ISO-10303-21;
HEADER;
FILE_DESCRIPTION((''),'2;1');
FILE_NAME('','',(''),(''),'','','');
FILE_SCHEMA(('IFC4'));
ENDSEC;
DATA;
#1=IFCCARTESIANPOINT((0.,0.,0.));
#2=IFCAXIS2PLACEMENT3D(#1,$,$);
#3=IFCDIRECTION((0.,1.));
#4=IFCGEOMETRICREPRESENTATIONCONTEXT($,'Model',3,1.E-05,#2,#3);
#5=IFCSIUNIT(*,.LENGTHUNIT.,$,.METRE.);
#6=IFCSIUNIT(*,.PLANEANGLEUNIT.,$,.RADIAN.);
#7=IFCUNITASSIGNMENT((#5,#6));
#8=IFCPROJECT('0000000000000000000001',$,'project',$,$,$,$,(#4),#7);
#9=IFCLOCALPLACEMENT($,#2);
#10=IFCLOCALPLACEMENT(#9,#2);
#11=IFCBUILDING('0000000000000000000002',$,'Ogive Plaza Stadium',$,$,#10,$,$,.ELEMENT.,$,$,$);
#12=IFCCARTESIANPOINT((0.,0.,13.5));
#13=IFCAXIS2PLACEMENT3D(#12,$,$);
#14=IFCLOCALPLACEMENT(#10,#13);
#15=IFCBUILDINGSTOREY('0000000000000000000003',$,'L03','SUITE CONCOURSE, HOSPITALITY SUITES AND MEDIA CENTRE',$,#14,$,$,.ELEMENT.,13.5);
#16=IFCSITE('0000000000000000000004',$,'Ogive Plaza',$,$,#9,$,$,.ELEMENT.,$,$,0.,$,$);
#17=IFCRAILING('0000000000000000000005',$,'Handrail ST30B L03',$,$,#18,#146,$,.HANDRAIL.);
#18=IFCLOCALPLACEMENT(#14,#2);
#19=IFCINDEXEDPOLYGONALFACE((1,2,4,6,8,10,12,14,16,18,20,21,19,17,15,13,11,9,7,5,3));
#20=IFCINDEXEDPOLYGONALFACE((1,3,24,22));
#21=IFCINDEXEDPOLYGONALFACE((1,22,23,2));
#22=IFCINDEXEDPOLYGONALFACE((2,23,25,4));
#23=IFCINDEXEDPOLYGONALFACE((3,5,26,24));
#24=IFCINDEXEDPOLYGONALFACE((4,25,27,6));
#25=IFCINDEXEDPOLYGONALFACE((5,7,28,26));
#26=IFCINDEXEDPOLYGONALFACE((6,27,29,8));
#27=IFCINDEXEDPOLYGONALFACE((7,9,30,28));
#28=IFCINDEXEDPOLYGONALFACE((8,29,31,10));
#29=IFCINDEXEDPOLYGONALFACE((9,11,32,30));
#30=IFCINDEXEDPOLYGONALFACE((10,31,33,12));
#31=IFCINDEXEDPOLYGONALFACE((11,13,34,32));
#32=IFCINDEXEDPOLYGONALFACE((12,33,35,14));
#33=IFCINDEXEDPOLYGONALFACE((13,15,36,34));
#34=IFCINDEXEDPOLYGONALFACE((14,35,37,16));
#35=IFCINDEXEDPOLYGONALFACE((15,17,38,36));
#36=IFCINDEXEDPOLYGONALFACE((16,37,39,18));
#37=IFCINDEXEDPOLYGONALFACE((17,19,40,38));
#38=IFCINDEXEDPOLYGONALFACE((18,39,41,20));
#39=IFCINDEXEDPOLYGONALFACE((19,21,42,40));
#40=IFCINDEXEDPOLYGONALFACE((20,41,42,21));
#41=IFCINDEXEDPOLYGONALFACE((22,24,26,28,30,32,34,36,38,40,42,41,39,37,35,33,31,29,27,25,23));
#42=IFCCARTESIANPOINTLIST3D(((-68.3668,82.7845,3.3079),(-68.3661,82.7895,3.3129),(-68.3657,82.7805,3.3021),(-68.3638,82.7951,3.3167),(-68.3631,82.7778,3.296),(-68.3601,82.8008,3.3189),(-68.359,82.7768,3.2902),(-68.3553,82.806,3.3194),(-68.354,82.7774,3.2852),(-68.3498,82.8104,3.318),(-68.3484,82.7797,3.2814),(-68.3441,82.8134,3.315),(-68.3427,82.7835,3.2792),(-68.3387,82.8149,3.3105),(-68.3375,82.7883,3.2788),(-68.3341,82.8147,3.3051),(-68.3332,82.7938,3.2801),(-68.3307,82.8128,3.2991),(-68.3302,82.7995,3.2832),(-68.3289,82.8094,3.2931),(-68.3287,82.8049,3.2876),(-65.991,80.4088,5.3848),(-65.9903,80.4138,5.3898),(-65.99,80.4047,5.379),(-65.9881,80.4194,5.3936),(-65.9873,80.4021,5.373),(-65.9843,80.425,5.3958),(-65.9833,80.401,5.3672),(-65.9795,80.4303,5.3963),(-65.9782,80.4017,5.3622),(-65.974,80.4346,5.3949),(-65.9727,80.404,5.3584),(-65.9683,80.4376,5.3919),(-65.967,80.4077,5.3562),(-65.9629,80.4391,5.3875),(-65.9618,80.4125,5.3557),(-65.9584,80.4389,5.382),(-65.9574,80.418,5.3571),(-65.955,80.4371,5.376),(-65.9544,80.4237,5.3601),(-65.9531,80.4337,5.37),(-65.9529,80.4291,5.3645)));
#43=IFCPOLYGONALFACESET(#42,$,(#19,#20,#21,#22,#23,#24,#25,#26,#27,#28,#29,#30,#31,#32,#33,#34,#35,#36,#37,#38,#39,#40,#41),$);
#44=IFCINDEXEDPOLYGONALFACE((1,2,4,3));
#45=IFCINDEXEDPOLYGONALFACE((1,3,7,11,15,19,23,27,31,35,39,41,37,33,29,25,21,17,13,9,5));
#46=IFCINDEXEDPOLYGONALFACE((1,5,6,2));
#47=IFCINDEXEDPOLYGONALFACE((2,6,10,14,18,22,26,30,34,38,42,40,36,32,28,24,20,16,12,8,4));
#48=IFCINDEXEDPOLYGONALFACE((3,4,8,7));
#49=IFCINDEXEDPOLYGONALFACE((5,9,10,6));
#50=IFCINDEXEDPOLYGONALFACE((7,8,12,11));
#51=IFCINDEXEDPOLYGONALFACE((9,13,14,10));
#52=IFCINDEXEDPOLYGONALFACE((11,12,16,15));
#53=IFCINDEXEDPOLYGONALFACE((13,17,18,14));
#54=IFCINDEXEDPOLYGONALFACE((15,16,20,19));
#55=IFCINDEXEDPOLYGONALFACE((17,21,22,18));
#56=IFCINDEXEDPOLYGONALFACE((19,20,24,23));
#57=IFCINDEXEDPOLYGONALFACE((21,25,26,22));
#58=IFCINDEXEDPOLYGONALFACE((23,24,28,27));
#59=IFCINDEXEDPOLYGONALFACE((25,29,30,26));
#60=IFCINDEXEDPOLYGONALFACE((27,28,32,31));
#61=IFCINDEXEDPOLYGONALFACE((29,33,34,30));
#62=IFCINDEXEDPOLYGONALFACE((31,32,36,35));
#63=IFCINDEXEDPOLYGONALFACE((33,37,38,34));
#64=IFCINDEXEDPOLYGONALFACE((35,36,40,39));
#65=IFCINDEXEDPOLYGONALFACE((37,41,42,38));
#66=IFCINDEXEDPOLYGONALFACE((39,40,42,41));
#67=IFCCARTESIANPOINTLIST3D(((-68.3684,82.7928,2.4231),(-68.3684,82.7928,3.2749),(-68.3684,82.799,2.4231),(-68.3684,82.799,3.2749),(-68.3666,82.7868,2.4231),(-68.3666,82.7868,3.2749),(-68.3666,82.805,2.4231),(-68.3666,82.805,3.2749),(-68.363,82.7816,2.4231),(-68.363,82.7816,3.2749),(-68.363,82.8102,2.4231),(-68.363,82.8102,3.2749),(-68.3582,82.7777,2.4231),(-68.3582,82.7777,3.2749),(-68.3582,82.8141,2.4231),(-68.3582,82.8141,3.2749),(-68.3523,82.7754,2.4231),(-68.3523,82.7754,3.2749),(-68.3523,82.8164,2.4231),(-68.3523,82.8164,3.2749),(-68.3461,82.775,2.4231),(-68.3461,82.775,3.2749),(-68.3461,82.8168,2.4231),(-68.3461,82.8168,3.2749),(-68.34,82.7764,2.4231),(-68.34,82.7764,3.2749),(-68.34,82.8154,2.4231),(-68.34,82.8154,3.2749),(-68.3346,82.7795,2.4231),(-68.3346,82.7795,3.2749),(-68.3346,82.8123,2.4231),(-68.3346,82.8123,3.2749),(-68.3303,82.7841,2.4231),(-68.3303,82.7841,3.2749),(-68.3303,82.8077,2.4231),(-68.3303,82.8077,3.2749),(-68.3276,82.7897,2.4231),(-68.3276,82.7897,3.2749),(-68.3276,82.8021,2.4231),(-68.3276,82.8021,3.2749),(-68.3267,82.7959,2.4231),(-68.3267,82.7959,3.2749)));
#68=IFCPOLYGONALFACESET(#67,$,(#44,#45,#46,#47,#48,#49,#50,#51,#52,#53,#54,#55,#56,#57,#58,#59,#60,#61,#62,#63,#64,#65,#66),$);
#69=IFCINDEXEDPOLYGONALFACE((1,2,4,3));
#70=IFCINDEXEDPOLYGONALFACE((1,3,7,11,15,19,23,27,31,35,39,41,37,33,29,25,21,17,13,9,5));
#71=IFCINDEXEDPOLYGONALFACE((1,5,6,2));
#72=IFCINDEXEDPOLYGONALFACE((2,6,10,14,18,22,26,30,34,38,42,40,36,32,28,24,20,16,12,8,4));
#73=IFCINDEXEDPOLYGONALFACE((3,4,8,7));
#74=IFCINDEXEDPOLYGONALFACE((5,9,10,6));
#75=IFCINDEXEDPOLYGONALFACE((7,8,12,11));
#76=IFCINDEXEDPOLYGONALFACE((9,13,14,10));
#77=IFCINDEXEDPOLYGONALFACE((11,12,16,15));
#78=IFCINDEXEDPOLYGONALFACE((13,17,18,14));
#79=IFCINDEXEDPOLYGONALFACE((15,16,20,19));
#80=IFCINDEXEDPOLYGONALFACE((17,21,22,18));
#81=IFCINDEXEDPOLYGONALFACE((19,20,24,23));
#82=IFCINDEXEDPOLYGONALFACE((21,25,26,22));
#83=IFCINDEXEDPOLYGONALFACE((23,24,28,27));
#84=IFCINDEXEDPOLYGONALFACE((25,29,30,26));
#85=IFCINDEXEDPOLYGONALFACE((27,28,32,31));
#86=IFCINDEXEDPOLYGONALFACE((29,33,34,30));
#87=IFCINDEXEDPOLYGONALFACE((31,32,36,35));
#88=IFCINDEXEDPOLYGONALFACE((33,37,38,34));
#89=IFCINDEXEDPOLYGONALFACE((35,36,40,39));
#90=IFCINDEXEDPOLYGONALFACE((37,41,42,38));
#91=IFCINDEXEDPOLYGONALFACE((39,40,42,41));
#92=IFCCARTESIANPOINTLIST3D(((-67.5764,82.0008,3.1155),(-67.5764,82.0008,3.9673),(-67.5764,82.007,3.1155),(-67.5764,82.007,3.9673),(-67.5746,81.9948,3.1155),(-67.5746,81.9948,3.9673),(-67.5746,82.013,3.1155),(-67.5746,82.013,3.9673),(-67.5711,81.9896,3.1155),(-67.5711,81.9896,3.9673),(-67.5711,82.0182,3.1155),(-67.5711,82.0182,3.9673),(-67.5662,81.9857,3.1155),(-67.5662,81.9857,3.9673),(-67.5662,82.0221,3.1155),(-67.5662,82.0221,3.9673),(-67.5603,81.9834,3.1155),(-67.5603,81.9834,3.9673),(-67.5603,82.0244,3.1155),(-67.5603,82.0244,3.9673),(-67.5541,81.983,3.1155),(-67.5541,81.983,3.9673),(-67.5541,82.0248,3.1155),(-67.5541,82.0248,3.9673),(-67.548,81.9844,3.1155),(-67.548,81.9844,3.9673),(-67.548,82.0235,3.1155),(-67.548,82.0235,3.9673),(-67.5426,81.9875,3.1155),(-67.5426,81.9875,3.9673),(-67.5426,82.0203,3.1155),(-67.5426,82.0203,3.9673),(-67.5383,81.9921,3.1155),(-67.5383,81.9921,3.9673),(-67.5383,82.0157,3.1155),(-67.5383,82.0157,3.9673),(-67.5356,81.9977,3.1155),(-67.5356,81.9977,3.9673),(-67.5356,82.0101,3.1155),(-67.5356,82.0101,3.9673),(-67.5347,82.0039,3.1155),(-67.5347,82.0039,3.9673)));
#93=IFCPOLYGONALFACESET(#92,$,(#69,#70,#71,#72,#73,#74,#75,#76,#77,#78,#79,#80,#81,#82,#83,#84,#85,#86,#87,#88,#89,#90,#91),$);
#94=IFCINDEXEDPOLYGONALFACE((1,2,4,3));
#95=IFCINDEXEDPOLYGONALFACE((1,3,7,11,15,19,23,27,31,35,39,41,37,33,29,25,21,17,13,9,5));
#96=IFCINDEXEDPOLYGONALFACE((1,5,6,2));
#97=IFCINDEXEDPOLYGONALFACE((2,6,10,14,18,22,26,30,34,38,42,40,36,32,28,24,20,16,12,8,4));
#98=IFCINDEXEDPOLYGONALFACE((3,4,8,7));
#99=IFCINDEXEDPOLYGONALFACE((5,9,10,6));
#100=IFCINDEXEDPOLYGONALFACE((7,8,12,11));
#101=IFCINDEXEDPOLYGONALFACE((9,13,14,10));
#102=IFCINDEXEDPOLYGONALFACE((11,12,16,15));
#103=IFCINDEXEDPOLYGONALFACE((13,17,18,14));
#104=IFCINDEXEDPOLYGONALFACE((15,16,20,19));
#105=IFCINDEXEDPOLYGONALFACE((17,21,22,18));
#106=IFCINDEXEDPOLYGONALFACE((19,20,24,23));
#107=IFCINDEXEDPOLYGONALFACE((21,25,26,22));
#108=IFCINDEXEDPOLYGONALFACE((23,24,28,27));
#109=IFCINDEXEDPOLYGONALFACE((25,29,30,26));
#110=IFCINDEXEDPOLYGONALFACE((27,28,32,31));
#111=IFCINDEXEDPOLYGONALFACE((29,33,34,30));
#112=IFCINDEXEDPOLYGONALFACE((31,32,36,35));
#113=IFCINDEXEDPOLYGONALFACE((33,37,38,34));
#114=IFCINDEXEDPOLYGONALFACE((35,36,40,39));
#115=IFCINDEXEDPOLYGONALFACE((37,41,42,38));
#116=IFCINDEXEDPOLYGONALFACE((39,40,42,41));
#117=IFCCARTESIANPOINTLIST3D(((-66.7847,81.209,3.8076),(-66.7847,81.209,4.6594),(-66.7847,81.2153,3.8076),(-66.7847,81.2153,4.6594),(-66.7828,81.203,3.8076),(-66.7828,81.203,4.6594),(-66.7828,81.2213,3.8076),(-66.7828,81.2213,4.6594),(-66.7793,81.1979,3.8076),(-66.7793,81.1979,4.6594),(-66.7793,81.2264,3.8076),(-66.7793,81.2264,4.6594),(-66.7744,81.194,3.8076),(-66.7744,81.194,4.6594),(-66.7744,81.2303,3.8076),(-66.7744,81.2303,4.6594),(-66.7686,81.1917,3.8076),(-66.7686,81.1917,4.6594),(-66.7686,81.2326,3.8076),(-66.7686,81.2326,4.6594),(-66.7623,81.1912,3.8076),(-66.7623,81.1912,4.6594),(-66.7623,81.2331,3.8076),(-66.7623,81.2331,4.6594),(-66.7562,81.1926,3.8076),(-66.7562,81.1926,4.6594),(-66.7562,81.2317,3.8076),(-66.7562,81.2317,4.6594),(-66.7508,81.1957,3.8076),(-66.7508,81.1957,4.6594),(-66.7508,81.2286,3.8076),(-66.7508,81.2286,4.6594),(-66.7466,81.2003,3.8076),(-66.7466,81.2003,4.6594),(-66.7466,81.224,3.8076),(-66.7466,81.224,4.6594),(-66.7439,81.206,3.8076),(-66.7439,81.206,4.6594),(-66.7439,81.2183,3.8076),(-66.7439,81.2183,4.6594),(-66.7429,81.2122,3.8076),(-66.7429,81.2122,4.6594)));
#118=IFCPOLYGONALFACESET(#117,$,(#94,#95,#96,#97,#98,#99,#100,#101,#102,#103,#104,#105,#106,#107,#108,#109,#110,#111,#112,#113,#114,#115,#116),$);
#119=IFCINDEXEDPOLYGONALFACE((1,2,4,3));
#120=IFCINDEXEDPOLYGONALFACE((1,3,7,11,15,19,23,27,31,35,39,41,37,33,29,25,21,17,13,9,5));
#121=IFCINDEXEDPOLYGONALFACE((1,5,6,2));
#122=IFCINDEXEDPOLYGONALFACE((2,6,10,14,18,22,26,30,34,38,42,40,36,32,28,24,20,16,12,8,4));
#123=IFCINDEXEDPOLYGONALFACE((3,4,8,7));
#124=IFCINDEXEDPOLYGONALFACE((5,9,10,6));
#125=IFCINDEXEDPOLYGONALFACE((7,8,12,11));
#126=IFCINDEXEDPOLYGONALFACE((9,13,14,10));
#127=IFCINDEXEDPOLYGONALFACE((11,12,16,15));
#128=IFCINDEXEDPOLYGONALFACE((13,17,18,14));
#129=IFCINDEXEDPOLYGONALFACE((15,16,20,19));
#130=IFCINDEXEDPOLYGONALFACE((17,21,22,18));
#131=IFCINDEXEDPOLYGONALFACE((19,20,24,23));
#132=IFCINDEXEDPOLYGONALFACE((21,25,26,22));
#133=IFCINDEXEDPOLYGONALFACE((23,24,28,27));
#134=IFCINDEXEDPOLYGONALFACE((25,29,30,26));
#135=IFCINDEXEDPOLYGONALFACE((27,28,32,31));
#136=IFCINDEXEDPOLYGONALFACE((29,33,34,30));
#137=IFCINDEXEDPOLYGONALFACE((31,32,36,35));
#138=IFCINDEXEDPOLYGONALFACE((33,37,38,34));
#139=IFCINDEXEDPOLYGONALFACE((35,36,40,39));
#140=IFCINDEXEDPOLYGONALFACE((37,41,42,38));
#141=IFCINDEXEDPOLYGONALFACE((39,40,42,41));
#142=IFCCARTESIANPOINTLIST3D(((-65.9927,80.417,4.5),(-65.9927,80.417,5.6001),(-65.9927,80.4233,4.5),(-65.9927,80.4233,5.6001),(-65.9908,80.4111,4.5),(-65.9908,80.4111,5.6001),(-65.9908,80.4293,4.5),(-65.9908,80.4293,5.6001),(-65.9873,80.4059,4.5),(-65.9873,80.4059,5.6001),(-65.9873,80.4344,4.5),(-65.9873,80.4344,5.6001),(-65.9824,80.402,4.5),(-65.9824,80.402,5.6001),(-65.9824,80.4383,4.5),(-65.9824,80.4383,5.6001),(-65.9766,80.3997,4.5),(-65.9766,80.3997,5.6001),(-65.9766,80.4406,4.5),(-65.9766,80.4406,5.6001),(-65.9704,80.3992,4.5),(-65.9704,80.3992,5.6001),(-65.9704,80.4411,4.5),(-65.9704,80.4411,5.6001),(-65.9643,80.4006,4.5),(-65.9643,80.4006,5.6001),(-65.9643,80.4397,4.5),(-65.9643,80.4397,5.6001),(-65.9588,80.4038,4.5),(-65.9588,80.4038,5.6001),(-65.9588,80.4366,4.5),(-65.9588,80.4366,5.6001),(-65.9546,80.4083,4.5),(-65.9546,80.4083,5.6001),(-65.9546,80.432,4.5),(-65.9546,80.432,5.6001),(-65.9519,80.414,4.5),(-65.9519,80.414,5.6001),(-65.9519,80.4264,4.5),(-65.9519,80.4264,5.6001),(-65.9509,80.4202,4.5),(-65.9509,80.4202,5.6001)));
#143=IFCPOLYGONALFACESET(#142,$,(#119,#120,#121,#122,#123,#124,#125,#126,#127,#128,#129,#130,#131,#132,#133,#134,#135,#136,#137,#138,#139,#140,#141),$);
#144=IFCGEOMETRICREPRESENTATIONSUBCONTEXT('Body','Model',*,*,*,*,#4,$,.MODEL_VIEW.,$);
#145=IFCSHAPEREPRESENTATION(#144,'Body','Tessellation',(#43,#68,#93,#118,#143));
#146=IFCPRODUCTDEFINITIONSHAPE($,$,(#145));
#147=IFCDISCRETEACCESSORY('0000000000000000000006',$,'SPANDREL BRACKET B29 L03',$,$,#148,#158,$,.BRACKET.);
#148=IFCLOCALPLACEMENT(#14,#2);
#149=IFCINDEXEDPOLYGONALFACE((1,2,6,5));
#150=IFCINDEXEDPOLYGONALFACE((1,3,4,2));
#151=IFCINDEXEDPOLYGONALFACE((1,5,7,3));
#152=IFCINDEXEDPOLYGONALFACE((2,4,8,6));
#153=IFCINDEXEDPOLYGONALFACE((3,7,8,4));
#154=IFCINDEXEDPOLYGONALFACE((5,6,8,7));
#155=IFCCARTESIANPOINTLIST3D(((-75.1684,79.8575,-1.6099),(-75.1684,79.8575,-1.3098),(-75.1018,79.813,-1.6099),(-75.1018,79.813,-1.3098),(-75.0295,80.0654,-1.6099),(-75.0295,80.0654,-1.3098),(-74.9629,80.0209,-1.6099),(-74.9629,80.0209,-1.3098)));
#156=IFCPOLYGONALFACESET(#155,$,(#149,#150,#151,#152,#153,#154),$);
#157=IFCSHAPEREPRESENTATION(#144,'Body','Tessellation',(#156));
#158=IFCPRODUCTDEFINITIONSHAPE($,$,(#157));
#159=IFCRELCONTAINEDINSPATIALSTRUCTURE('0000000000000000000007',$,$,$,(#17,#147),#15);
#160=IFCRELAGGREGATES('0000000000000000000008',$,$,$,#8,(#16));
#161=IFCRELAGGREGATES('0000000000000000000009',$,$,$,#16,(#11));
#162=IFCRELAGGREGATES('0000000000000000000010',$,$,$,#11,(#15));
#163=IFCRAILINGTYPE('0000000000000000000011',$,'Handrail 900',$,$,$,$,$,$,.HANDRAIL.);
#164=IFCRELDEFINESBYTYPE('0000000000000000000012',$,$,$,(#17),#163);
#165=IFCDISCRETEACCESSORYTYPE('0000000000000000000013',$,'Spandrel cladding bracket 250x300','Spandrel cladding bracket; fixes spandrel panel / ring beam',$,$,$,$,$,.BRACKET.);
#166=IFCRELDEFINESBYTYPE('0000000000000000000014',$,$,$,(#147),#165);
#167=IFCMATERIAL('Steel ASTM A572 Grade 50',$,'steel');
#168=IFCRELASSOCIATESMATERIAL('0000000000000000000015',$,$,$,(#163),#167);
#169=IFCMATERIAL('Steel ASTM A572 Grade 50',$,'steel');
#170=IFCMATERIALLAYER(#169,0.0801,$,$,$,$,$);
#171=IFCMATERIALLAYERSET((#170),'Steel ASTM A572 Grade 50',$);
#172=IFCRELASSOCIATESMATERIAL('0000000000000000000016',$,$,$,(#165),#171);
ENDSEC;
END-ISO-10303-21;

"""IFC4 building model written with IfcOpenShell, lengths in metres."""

from ifc_helpers import new_model, si_unit, direction, frame, origin, origin_2d, place, context, subcontext, project, spatial, rectangle, circle, extrude, material, layer, layer_set, type_object, element, save


model = new_model("IFC4")

# Units and contexts
model_context = context("Model", 3, precision=1e-05, world=origin(), true_north=direction((0.0, 1.0)))
body_context = subcontext(model_context, "Body", "Model", "MODEL_VIEW")
ifc_project = project(units=[si_unit("LENGTHUNIT", "METRE"), si_unit("PLANEANGLEUNIT", "RADIAN")], contexts=[model_context])

# Site, building, storey
site_placement = place(None, origin())
site = spatial("IfcSite", under=ifc_project, at=site_placement, Name="Ogive Plaza", CompositionType="ELEMENT", RefElevation=0.0)
building_placement = place(site_placement, origin())
building = spatial("IfcBuilding", under=site, at=building_placement, Name="Ogive Plaza Stadium", CompositionType="ELEMENT")
storey_placement = place(building_placement, frame((0.0, 0.0, 13.5)))
storey = spatial("IfcBuildingStorey", under=building, at=storey_placement, Name="L03", Description="SUITE CONCOURSE, HOSPITALITY SUITES AND MEDIA CENTRE", CompositionType="ELEMENT", Elevation=13.5)

# Railing
ifc_material_1 = material(Name="Steel ASTM A572 Grade 50", Category="steel")
railing_type_1 = type_object("IfcRailingType", Name="Handrail 900", PredefinedType="HANDRAIL", material=ifc_material_1)
railing_1_placement = place(storey_placement, frame((-68.3477, 82.7959, 2.4231)))
element("IfcRailing", 1, at=railing_1_placement, inside=storey, type_object=railing_type_1, Name="Handrail ST30B L03", PredefinedType="HANDRAIL", context=body_context, shape_type="SweptSolid", body=[
    extrude(circle(Radius=0.0239, at=origin_2d()), frame((0.0, 0.0, 0.876), z_axis=(0.601466, -0.601466, 0.525811), x_axis=(0.707107, 0.707107, 0.0)), (0.0, 0.0, 1.0), 3.95),
    extrude(circle(Radius=0.021, at=origin_2d()), origin(), (0.0, 0.0, 1.0), 0.8518),
    extrude(circle(Radius=0.021, at=origin_2d()), frame((0.792, -0.792, 0.6924)), (0.0, 0.0, 1.0), 0.8518),
    extrude(circle(Radius=0.021, at=origin_2d()), frame((1.5837, -1.5837, 1.3845)), (0.0, 0.0, 1.0), 0.8518),
    extrude(circle(Radius=0.021, at=origin_2d()), frame((2.3757, -2.3757, 2.0769)), (0.0, 0.0, 1.0), 1.1001),
])

# Discrete accessory
ifc_material_2 = material(Name="Steel ASTM A572 Grade 50", Category="steel")
ifc_layer_1 = layer(ifc_material_2, 0.0801)
ifc_layer_set_1 = layer_set([ifc_layer_1], Name="Steel ASTM A572 Grade 50")
discrete_accessory_type = type_object("IfcDiscreteAccessoryType", Name="Spandrel cladding bracket 250x300", Description="Spandrel cladding bracket; fixes spandrel panel / ring beam", PredefinedType="BRACKET", material=ifc_layer_set_1)
discrete_accessory_placement = place(storey_placement, frame((-75.0657, 79.9392, -1.6099), z_axis=(0.0, 0.0, 1.0), x_axis=(0.55557, 0.83147, 0.0)))
element("IfcDiscreteAccessory", 2, at=discrete_accessory_placement, inside=storey, type_object=discrete_accessory_type, Name="SPANDREL BRACKET B29 L03", PredefinedType="BRACKET", context=body_context, shape_type="SweptSolid", body=[
    extrude(rectangle(XDim=0.25, YDim=0.0801, at=origin_2d()), origin(), (0.0, 0.0, 1.0), 0.3),
])

save(model, "model.ifc")
